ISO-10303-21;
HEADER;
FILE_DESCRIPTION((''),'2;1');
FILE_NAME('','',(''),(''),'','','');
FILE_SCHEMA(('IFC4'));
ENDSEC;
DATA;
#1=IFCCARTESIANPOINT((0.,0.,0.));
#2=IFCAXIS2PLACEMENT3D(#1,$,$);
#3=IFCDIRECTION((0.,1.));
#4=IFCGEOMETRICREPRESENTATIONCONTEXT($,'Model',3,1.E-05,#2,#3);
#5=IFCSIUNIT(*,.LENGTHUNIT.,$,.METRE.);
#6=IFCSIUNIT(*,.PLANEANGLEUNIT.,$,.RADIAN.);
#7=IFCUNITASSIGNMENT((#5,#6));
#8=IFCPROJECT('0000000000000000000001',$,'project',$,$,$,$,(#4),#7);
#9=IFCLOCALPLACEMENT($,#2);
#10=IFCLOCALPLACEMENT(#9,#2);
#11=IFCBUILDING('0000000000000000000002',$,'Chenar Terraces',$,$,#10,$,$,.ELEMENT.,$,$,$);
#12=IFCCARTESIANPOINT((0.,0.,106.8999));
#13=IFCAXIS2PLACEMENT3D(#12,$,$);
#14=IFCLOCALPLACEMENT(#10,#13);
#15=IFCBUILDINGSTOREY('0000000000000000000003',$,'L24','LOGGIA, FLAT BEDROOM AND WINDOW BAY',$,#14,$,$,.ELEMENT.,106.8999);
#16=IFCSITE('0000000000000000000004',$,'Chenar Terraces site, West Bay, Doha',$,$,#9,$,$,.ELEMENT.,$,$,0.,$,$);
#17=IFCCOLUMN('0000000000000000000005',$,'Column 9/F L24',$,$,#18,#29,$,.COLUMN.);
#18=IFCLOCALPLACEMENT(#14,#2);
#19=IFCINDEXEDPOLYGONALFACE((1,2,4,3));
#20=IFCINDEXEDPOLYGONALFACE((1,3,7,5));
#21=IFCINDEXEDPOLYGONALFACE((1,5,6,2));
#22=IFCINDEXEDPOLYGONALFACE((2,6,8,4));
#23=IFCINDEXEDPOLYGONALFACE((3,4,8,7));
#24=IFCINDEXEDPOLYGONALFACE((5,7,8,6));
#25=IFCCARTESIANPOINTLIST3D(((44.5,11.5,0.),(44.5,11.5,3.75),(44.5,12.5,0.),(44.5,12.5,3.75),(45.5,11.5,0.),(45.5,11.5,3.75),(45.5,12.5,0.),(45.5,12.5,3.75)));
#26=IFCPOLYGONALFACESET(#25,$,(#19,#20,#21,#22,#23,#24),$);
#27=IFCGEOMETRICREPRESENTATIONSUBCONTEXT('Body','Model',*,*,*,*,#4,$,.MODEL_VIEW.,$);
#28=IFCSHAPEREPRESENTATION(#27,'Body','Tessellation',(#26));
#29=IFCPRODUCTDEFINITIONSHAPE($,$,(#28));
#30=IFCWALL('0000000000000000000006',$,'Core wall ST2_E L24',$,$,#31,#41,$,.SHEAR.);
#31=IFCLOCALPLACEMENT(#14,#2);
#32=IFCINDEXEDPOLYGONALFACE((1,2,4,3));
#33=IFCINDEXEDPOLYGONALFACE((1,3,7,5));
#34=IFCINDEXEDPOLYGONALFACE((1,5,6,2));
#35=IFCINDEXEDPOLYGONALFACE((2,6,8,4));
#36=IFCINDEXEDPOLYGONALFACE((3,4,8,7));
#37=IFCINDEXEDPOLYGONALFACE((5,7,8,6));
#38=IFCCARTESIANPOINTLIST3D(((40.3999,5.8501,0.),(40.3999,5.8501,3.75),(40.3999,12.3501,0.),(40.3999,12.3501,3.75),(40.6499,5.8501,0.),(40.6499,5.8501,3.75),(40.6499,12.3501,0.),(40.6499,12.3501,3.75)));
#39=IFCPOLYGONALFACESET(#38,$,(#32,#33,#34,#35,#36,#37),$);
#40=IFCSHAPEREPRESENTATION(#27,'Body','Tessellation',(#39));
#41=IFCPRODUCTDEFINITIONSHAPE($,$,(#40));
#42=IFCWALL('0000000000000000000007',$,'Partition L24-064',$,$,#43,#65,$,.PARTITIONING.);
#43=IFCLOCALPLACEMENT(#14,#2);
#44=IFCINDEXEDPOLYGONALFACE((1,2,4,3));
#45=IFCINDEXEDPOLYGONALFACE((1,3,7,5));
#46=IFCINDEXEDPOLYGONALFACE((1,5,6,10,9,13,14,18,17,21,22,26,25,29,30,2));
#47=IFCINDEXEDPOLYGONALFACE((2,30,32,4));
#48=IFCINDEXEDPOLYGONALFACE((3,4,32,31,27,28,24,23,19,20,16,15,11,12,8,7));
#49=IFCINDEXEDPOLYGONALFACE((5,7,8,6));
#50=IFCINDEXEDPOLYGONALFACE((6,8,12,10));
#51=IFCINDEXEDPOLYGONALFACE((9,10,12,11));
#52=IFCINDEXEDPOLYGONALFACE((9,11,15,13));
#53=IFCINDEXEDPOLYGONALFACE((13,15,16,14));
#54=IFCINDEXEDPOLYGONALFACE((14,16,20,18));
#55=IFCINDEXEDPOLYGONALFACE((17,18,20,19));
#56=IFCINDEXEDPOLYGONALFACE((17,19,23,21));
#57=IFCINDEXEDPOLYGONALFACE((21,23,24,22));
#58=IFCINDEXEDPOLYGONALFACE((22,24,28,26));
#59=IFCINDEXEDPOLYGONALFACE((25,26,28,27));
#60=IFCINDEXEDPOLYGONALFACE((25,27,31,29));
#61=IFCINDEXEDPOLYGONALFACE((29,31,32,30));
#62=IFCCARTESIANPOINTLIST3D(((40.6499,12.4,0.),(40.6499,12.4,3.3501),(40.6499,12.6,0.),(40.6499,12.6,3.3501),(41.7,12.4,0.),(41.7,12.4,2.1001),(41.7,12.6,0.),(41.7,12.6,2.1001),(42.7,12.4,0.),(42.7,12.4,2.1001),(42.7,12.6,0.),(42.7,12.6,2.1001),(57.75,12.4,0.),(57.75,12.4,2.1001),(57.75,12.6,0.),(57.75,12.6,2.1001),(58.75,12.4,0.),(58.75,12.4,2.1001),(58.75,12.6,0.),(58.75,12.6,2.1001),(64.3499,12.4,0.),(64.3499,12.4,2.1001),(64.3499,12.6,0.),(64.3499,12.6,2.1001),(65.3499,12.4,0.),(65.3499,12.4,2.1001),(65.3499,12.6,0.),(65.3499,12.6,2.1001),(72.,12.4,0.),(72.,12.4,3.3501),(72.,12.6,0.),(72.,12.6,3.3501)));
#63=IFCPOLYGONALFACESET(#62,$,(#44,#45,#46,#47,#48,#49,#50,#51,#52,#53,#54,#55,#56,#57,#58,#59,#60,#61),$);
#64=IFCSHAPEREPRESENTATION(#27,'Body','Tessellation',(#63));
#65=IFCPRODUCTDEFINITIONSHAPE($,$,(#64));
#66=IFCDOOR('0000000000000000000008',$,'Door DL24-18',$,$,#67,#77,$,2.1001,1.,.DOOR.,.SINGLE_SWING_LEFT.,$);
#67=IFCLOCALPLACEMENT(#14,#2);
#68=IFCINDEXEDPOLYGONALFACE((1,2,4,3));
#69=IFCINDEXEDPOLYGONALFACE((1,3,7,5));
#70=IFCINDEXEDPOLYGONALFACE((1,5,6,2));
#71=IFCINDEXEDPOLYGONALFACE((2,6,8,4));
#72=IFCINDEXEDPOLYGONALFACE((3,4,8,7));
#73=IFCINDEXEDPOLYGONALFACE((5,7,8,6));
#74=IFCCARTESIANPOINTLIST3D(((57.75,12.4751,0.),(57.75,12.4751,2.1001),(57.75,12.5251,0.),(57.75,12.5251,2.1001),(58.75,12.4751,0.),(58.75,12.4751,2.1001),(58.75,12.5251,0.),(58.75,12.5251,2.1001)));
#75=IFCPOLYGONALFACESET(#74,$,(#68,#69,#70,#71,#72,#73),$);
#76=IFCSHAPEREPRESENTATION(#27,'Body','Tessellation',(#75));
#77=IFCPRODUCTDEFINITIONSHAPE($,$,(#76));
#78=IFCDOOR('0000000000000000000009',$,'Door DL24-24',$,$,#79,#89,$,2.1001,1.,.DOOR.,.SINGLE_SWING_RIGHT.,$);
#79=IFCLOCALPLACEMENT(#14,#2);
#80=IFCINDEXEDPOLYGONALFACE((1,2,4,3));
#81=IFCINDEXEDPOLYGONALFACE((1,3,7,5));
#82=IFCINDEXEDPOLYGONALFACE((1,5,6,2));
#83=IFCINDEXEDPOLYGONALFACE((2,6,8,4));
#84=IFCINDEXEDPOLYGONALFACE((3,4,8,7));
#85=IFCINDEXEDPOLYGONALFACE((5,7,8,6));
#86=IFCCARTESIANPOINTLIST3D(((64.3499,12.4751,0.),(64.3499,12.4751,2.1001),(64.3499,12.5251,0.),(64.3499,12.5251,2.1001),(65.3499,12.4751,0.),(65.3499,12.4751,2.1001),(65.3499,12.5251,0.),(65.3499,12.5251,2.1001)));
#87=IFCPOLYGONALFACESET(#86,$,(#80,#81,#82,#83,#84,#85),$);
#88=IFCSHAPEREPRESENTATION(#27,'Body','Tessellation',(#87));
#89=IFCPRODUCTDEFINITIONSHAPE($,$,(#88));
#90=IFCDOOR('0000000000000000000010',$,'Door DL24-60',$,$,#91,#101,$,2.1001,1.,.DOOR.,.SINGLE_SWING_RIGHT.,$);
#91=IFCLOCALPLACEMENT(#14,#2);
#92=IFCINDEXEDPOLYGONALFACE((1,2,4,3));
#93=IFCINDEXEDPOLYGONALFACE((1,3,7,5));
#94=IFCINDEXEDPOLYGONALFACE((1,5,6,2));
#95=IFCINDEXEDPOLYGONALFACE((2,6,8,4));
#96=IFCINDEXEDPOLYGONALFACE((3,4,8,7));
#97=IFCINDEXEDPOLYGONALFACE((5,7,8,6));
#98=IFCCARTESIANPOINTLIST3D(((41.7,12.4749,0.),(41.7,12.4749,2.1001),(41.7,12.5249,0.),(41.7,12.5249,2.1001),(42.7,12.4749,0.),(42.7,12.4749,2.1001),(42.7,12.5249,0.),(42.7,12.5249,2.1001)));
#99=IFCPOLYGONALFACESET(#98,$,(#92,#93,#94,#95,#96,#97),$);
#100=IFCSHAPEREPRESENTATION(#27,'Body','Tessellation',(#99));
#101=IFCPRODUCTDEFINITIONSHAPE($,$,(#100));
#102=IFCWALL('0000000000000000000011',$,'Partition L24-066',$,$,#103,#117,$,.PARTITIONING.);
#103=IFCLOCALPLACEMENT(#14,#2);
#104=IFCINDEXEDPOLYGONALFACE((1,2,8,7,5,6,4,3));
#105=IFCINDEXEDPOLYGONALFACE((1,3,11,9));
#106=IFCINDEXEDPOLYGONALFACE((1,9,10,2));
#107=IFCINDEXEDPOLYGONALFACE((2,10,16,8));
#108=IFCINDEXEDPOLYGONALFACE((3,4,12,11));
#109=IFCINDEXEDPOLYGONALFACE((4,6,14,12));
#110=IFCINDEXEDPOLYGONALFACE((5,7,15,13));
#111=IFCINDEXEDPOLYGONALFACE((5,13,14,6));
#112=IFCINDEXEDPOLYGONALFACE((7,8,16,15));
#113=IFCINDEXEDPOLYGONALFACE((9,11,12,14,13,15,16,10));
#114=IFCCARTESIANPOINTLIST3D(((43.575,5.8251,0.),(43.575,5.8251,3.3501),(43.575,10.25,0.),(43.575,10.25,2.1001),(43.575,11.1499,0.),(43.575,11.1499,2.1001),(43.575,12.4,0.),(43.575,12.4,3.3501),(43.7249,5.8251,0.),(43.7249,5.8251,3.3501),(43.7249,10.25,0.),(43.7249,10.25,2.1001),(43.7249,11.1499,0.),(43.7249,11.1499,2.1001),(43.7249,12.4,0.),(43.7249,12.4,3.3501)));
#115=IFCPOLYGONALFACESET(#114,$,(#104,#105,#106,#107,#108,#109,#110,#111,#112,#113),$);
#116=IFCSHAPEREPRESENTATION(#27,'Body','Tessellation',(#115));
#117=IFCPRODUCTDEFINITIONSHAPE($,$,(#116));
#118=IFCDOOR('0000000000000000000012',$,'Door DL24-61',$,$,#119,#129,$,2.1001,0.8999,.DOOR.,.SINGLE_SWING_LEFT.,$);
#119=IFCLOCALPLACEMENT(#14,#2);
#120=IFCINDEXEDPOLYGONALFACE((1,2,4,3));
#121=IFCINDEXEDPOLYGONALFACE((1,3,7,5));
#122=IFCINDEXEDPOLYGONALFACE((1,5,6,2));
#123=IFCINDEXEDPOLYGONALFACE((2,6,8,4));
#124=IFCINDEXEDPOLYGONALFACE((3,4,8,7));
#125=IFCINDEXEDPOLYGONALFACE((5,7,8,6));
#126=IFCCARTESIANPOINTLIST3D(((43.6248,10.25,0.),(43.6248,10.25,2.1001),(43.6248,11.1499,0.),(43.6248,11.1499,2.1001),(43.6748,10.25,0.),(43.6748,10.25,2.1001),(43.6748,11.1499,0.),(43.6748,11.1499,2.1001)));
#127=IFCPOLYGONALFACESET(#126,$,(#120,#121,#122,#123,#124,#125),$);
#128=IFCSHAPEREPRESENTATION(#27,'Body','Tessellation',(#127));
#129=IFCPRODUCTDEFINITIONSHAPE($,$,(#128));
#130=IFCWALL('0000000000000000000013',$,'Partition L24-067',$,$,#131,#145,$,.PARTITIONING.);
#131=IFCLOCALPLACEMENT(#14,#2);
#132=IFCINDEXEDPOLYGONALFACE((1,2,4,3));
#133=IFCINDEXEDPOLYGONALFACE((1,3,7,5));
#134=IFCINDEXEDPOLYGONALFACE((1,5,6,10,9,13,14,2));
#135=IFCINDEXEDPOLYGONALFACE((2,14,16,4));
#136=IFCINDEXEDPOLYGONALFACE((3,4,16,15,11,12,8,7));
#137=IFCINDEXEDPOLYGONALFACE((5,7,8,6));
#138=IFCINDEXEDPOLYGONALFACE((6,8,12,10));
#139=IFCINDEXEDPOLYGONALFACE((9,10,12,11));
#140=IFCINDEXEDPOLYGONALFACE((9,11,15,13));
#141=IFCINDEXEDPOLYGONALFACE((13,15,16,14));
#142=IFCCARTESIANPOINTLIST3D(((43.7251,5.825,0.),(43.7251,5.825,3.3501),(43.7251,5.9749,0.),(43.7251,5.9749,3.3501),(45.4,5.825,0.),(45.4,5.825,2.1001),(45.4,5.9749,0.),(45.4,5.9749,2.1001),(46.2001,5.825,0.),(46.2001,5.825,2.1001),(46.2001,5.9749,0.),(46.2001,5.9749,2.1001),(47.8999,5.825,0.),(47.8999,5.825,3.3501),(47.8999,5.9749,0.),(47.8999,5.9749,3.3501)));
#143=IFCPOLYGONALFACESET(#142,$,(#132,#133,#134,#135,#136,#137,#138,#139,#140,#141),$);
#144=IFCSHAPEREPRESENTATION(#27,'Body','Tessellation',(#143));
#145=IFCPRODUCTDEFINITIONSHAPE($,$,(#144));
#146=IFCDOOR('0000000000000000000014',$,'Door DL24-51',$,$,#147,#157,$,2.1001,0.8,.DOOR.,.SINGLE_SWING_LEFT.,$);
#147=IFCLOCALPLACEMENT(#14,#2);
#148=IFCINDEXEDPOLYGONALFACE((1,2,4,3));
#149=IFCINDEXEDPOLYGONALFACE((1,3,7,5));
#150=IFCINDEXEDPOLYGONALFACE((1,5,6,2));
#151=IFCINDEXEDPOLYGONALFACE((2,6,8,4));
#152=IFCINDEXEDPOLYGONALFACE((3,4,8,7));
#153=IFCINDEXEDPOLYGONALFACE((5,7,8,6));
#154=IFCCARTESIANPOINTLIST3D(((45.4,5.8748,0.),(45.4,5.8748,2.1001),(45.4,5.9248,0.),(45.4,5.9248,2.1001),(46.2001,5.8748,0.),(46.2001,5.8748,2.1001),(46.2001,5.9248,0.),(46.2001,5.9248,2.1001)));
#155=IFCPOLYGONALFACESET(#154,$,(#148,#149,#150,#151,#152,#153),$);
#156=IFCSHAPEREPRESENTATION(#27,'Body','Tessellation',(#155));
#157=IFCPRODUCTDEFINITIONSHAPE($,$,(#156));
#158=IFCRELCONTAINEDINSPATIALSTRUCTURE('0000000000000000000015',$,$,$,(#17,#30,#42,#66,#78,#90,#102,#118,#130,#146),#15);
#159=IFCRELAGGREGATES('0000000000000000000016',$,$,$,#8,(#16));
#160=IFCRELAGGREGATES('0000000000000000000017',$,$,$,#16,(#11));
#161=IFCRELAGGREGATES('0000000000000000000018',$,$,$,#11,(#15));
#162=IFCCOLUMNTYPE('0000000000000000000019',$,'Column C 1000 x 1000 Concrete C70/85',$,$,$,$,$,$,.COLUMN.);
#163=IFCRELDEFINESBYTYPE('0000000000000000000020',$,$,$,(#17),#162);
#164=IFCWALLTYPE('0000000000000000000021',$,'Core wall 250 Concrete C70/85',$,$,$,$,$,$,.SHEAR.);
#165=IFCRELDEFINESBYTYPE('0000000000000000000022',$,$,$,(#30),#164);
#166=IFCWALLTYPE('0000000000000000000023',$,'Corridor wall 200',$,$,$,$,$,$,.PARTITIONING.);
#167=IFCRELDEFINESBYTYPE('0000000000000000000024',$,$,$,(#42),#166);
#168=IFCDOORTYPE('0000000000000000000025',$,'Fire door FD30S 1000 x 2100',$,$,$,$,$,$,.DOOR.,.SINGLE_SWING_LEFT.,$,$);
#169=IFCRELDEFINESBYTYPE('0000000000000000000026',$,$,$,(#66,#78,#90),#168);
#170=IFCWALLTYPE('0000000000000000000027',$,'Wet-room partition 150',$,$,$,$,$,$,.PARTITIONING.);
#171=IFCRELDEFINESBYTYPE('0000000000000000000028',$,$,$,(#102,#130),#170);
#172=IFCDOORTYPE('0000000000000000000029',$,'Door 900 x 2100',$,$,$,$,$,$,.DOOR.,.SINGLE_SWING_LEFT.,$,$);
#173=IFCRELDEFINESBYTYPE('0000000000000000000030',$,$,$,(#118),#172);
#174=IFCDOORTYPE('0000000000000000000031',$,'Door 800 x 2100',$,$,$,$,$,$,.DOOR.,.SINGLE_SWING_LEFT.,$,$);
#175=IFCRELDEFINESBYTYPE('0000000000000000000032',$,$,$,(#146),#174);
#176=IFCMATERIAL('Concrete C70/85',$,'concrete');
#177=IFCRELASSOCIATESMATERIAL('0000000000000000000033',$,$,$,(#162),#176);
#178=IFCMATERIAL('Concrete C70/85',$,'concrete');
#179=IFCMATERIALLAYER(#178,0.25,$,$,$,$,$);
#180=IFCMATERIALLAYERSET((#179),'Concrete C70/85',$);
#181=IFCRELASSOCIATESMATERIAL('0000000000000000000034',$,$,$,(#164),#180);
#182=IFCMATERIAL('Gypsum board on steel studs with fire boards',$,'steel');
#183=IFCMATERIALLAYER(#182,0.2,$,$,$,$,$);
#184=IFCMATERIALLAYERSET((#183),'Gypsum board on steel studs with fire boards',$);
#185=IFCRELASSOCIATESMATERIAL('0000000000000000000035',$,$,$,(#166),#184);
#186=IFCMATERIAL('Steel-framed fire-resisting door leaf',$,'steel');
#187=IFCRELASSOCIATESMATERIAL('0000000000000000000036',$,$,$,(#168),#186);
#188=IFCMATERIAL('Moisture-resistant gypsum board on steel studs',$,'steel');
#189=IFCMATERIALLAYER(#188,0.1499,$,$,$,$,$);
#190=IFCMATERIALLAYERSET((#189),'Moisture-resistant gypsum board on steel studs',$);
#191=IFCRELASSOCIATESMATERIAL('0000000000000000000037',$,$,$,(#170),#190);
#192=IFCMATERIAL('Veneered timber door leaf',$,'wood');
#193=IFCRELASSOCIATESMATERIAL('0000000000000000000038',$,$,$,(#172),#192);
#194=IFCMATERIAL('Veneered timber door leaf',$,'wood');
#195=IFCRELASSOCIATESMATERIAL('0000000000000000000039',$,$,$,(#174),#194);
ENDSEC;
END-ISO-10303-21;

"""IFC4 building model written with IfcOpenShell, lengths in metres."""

from ifc_helpers import new_model, si_unit, direction, frame, frame_2d, origin, origin_2d, place, context, subcontext, project, spatial, rectangle, extrude, material, layer, layer_set, material_profile, profile_set, type_object, element, fill, save


model = new_model("IFC4")

# Units and contexts
model_context = context("Model", 3, precision=1e-05, world=origin(), true_north=direction((0.0, 1.0)))
body_context = subcontext(model_context, "Body", "Model", "MODEL_VIEW")
ifc_project = project(units=[si_unit("LENGTHUNIT", "METRE"), si_unit("PLANEANGLEUNIT", "RADIAN")], contexts=[model_context])

# Site, building, storey
site_placement = place(None, origin())
site = spatial("IfcSite", under=ifc_project, at=site_placement, Name="Chenar Terraces site, West Bay, Doha", CompositionType="ELEMENT", RefElevation=0.0)
building_placement = place(site_placement, origin())
building = spatial("IfcBuilding", under=site, at=building_placement, Name="Chenar Terraces", CompositionType="ELEMENT")
storey_placement = place(building_placement, frame((0.0, 0.0, 106.8999)))
storey = spatial("IfcBuildingStorey", under=building, at=storey_placement, Name="L24", Description="LOGGIA, FLAT BEDROOM AND WINDOW BAY", CompositionType="ELEMENT", Elevation=106.8999)

# Column
ifc_material_1 = material(Name="Concrete C70/85", Category="concrete")
ifc_material_profile = material_profile(ifc_material_1, rectangle(XDim=1.0, YDim=1.0, at=origin_2d()), Name="C 1000 x 1000")
ifc_profile_set = profile_set([ifc_material_profile], Name="Concrete C70/85")
column_type = type_object("IfcColumnType", Name="Column C 1000 x 1000 Concrete C70/85", PredefinedType="COLUMN", material=ifc_profile_set)
column_placement = place(storey_placement, frame((45.0, 12.0, 0.0), z_axis=(0.0, 0.0, 1.0), x_axis=(1.0, 0.0, 0.0)))
element("IfcColumn", 1, at=column_placement, inside=storey, type_object=column_type, Name="Column 9/F L24", PredefinedType="COLUMN", context=body_context, shape_type="SweptSolid", body=[
    extrude(rectangle(XDim=1.0, YDim=1.0, at=origin_2d()), origin(), (0.0, 0.0, 1.0), 3.75),
])

# Wall
ifc_material_2 = material(Name="Concrete C70/85", Category="concrete")
ifc_layer_1 = layer(ifc_material_2, 0.25)
ifc_layer_set_1 = layer_set([ifc_layer_1], Name="Concrete C70/85")
wall_type_1 = type_object("IfcWallType", Name="Core wall 250 Concrete C70/85", PredefinedType="SHEAR", material=ifc_layer_set_1)
wall_1_placement = place(storey_placement, frame((40.5249, 5.8501, 0.0), z_axis=(0.0, 0.0, 1.0), x_axis=(0.0, 1.0, 0.0)))
element("IfcWall", 2, at=wall_1_placement, inside=storey, type_object=wall_type_1, Name="Core wall ST2_E L24", PredefinedType="SHEAR", context=body_context, shape_type="SweptSolid", body=[
    extrude(rectangle(XDim=6.5, YDim=0.25, at=frame_2d((3.25, 0.0))), origin(), (0.0, 0.0, 1.0), 3.75),
])

# Wall, openings, doors
ifc_material_3 = material(Name="Gypsum board on steel studs with fire boards", Category="steel")
ifc_layer_2 = layer(ifc_material_3, 0.2)
ifc_layer_set_2 = layer_set([ifc_layer_2], Name="Gypsum board on steel studs with fire boards")
wall_type_2 = type_object("IfcWallType", Name="Corridor wall 200", PredefinedType="PARTITIONING", material=ifc_layer_set_2)
wall_2_placement = place(storey_placement, frame((40.6499, 12.5, 0.0), z_axis=(0.0, 0.0, 1.0), x_axis=(1.0, 0.0, 0.0)))
wall_2 = element("IfcWall", 3, at=wall_2_placement, inside=storey, type_object=wall_type_2, Name="Partition L24-064", PredefinedType="PARTITIONING", context=body_context, shape_type="SweptSolid", body=[
    extrude(rectangle(XDim=31.3501, YDim=0.2, at=frame_2d((15.675, 0.0))), origin(), (0.0, 0.0, 1.0), 3.3501),
])
opening_1_placement = place(wall_2_placement, frame((17.1001, 0.0, 0.0)))
opening_1 = element("IfcOpeningElement", 4, at=opening_1_placement, cuts=wall_2, PredefinedType="OPENING", context=body_context, shape_type="SweptSolid", body=[
    extrude(rectangle(XDim=1.0, YDim=2.1001, at=frame_2d((0.5, 1.05))), frame((0.0, 0.1099, 0.0), z_axis=(0.0, -1.0, 0.0), x_axis=(1.0, 0.0, 0.0)), (0.0, 0.0, 1.0), 0.22),
])
opening_2_placement = place(wall_2_placement, frame((23.7, 0.0, 0.0)))
opening_2 = element("IfcOpeningElement", 5, at=opening_2_placement, cuts=wall_2, PredefinedType="OPENING", context=body_context, shape_type="SweptSolid", body=[
    extrude(rectangle(XDim=1.0, YDim=2.1001, at=frame_2d((0.5, 1.05))), frame((0.0, 0.1099, 0.0), z_axis=(0.0, -1.0, 0.0), x_axis=(1.0, 0.0, 0.0)), (0.0, 0.0, 1.0), 0.22),
])
opening_3_placement = place(wall_2_placement, frame((1.05, 0.0, 0.0)))
opening_3 = element("IfcOpeningElement", 6, at=opening_3_placement, cuts=wall_2, PredefinedType="OPENING", context=body_context, shape_type="SweptSolid", body=[
    extrude(rectangle(XDim=1.0, YDim=2.1001, at=frame_2d((0.5, 1.05))), frame((0.0, 0.1099, 0.0), z_axis=(0.0, -1.0, 0.0), x_axis=(1.0, 0.0, 0.0)), (0.0, 0.0, 1.0), 0.22),
])
ifc_material_4 = material(Name="Steel-framed fire-resisting door leaf", Category="steel")
door_type_1 = type_object("IfcDoorType", Name="Fire door FD30S 1000 x 2100", OperationType="SINGLE_SWING_LEFT", PredefinedType="DOOR", material=ifc_material_4)
door_1_placement = place(opening_1_placement, frame((1.0, 0.0, 0.0), z_axis=(0.0, 0.0, 1.0), x_axis=(-1.0, 0.0, 0.0)))
door_1 = element("IfcDoor", 7, at=door_1_placement, inside=storey, type_object=door_type_1, Name="Door DL24-18", OperationType="SINGLE_SWING_LEFT", OverallHeight=2.1001, OverallWidth=1.0, PredefinedType="DOOR", context=body_context, shape_type="SweptSolid", body=[
    extrude(rectangle(XDim=1.0, YDim=2.1001, at=frame_2d((0.5, 1.05))), frame((0.0, 0.0249, 0.0), z_axis=(0.0, -1.0, 0.0), x_axis=(1.0, 0.0, 0.0)), (0.0, 0.0, 1.0), 0.05),
])
fill(opening_1, door_1)
door_2_placement = place(opening_2_placement, frame((1.0, 0.0, 0.0), z_axis=(0.0, 0.0, 1.0), x_axis=(-1.0, 0.0, 0.0)))
door_2 = element("IfcDoor", 8, at=door_2_placement, inside=storey, type_object=door_type_1, Name="Door DL24-24", OperationType="SINGLE_SWING_RIGHT", OverallHeight=2.1001, OverallWidth=1.0, PredefinedType="DOOR", context=body_context, shape_type="SweptSolid", body=[
    extrude(rectangle(XDim=1.0, YDim=2.1001, at=frame_2d((0.5, 1.05))), frame((0.0, 0.0249, 0.0), z_axis=(0.0, -1.0, 0.0), x_axis=(1.0, 0.0, 0.0)), (0.0, 0.0, 1.0), 0.05),
])
fill(opening_2, door_2)
door_3_placement = place(opening_3_placement, origin())
door_3 = element("IfcDoor", 9, at=door_3_placement, inside=storey, type_object=door_type_1, Name="Door DL24-60", OperationType="SINGLE_SWING_RIGHT", OverallHeight=2.1001, OverallWidth=1.0, PredefinedType="DOOR", context=body_context, shape_type="SweptSolid", body=[
    extrude(rectangle(XDim=1.0, YDim=2.1001, at=frame_2d((0.5, 1.05))), frame((0.0, 0.0249, 0.0), z_axis=(0.0, -1.0, 0.0), x_axis=(1.0, 0.0, 0.0)), (0.0, 0.0, 1.0), 0.05),
])
fill(opening_3, door_3)

# Walls, openings, doors
ifc_material_5 = material(Name="Moisture-resistant gypsum board on steel studs", Category="steel")
ifc_layer_3 = layer(ifc_material_5, 0.1499)
ifc_layer_set_3 = layer_set([ifc_layer_3], Name="Moisture-resistant gypsum board on steel studs")
wall_type_3 = type_object("IfcWallType", Name="Wet-room partition 150", PredefinedType="PARTITIONING", material=ifc_layer_set_3)
wall_3_placement = place(storey_placement, frame((43.6499, 5.825, 0.0), z_axis=(0.0, 0.0, 1.0), x_axis=(0.0, 1.0, 0.0)))
wall_3 = element("IfcWall", 10, at=wall_3_placement, inside=storey, type_object=wall_type_3, Name="Partition L24-066", PredefinedType="PARTITIONING", context=body_context, shape_type="SweptSolid", body=[
    extrude(rectangle(XDim=6.575, YDim=0.1499, at=frame_2d((3.2876, 0.0))), origin(), (0.0, 0.0, 1.0), 3.3501),
])
opening_4_placement = place(wall_3_placement, frame((4.425, 0.0, 0.0)))
opening_4 = element("IfcOpeningElement", 11, at=opening_4_placement, cuts=wall_3, PredefinedType="OPENING", context=body_context, shape_type="SweptSolid", body=[
    extrude(rectangle(XDim=0.8999, YDim=2.1001, at=frame_2d((0.45, 1.05))), frame((0.0, 0.085, 0.0), z_axis=(0.0, -1.0, 0.0), x_axis=(1.0, 0.0, 0.0)), (0.0, 0.0, 1.0), 0.1699),
])
ifc_material_6 = material(Name="Veneered timber door leaf", Category="wood")
door_type_2 = type_object("IfcDoorType", Name="Door 900 x 2100", OperationType="SINGLE_SWING_LEFT", PredefinedType="DOOR", material=ifc_material_6)
door_4_placement = place(opening_4_placement, frame((0.8999, 0.0, 0.0), z_axis=(0.0, 0.0, 1.0), x_axis=(-1.0, 0.0, 0.0)))
door_4 = element("IfcDoor", 12, at=door_4_placement, inside=storey, type_object=door_type_2, Name="Door DL24-61", OperationType="SINGLE_SWING_LEFT", OverallHeight=2.1001, OverallWidth=0.8999, PredefinedType="DOOR", context=body_context, shape_type="SweptSolid", body=[
    extrude(rectangle(XDim=0.8999, YDim=2.1001, at=frame_2d((0.45, 1.05))), frame((0.0, 0.0249, 0.0), z_axis=(0.0, -1.0, 0.0), x_axis=(1.0, 0.0, 0.0)), (0.0, 0.0, 1.0), 0.05),
])
fill(opening_4, door_4)
wall_4_placement = place(storey_placement, frame((43.7251, 5.8999, 0.0), z_axis=(0.0, 0.0, 1.0), x_axis=(1.0, 0.0, 0.0)))
wall_4 = element("IfcWall", 13, at=wall_4_placement, inside=storey, type_object=wall_type_3, Name="Partition L24-067", PredefinedType="PARTITIONING", context=body_context, shape_type="SweptSolid", body=[
    extrude(rectangle(XDim=4.1748, YDim=0.1499, at=frame_2d((2.0874, 0.0))), origin(), (0.0, 0.0, 1.0), 3.3501),
])
opening_5_placement = place(wall_4_placement, frame((1.675, 0.0, 0.0)))
opening_5 = element("IfcOpeningElement", 14, at=opening_5_placement, cuts=wall_4, PredefinedType="OPENING", context=body_context, shape_type="SweptSolid", body=[
    extrude(rectangle(XDim=0.8, YDim=2.1001, at=frame_2d((0.3999, 1.05))), frame((0.0, 0.085, 0.0), z_axis=(0.0, -1.0, 0.0), x_axis=(1.0, 0.0, 0.0)), (0.0, 0.0, 1.0), 0.1699),
])
ifc_material_7 = material(Name="Veneered timber door leaf", Category="wood")
door_type_3 = type_object("IfcDoorType", Name="Door 800 x 2100", OperationType="SINGLE_SWING_LEFT", PredefinedType="DOOR", material=ifc_material_7)
door_5_placement = place(opening_5_placement, origin())
door_5 = element("IfcDoor", 15, at=door_5_placement, inside=storey, type_object=door_type_3, Name="Door DL24-51", OperationType="SINGLE_SWING_LEFT", OverallHeight=2.1001, OverallWidth=0.8, PredefinedType="DOOR", context=body_context, shape_type="SweptSolid", body=[
    extrude(rectangle(XDim=0.8, YDim=2.1001, at=frame_2d((0.3999, 1.05))), frame((0.0, 0.0249, 0.0), z_axis=(0.0, -1.0, 0.0), x_axis=(1.0, 0.0, 0.0)), (0.0, 0.0, 1.0), 0.05),
])
fill(opening_5, door_5)

save(model, "model.ifc")
